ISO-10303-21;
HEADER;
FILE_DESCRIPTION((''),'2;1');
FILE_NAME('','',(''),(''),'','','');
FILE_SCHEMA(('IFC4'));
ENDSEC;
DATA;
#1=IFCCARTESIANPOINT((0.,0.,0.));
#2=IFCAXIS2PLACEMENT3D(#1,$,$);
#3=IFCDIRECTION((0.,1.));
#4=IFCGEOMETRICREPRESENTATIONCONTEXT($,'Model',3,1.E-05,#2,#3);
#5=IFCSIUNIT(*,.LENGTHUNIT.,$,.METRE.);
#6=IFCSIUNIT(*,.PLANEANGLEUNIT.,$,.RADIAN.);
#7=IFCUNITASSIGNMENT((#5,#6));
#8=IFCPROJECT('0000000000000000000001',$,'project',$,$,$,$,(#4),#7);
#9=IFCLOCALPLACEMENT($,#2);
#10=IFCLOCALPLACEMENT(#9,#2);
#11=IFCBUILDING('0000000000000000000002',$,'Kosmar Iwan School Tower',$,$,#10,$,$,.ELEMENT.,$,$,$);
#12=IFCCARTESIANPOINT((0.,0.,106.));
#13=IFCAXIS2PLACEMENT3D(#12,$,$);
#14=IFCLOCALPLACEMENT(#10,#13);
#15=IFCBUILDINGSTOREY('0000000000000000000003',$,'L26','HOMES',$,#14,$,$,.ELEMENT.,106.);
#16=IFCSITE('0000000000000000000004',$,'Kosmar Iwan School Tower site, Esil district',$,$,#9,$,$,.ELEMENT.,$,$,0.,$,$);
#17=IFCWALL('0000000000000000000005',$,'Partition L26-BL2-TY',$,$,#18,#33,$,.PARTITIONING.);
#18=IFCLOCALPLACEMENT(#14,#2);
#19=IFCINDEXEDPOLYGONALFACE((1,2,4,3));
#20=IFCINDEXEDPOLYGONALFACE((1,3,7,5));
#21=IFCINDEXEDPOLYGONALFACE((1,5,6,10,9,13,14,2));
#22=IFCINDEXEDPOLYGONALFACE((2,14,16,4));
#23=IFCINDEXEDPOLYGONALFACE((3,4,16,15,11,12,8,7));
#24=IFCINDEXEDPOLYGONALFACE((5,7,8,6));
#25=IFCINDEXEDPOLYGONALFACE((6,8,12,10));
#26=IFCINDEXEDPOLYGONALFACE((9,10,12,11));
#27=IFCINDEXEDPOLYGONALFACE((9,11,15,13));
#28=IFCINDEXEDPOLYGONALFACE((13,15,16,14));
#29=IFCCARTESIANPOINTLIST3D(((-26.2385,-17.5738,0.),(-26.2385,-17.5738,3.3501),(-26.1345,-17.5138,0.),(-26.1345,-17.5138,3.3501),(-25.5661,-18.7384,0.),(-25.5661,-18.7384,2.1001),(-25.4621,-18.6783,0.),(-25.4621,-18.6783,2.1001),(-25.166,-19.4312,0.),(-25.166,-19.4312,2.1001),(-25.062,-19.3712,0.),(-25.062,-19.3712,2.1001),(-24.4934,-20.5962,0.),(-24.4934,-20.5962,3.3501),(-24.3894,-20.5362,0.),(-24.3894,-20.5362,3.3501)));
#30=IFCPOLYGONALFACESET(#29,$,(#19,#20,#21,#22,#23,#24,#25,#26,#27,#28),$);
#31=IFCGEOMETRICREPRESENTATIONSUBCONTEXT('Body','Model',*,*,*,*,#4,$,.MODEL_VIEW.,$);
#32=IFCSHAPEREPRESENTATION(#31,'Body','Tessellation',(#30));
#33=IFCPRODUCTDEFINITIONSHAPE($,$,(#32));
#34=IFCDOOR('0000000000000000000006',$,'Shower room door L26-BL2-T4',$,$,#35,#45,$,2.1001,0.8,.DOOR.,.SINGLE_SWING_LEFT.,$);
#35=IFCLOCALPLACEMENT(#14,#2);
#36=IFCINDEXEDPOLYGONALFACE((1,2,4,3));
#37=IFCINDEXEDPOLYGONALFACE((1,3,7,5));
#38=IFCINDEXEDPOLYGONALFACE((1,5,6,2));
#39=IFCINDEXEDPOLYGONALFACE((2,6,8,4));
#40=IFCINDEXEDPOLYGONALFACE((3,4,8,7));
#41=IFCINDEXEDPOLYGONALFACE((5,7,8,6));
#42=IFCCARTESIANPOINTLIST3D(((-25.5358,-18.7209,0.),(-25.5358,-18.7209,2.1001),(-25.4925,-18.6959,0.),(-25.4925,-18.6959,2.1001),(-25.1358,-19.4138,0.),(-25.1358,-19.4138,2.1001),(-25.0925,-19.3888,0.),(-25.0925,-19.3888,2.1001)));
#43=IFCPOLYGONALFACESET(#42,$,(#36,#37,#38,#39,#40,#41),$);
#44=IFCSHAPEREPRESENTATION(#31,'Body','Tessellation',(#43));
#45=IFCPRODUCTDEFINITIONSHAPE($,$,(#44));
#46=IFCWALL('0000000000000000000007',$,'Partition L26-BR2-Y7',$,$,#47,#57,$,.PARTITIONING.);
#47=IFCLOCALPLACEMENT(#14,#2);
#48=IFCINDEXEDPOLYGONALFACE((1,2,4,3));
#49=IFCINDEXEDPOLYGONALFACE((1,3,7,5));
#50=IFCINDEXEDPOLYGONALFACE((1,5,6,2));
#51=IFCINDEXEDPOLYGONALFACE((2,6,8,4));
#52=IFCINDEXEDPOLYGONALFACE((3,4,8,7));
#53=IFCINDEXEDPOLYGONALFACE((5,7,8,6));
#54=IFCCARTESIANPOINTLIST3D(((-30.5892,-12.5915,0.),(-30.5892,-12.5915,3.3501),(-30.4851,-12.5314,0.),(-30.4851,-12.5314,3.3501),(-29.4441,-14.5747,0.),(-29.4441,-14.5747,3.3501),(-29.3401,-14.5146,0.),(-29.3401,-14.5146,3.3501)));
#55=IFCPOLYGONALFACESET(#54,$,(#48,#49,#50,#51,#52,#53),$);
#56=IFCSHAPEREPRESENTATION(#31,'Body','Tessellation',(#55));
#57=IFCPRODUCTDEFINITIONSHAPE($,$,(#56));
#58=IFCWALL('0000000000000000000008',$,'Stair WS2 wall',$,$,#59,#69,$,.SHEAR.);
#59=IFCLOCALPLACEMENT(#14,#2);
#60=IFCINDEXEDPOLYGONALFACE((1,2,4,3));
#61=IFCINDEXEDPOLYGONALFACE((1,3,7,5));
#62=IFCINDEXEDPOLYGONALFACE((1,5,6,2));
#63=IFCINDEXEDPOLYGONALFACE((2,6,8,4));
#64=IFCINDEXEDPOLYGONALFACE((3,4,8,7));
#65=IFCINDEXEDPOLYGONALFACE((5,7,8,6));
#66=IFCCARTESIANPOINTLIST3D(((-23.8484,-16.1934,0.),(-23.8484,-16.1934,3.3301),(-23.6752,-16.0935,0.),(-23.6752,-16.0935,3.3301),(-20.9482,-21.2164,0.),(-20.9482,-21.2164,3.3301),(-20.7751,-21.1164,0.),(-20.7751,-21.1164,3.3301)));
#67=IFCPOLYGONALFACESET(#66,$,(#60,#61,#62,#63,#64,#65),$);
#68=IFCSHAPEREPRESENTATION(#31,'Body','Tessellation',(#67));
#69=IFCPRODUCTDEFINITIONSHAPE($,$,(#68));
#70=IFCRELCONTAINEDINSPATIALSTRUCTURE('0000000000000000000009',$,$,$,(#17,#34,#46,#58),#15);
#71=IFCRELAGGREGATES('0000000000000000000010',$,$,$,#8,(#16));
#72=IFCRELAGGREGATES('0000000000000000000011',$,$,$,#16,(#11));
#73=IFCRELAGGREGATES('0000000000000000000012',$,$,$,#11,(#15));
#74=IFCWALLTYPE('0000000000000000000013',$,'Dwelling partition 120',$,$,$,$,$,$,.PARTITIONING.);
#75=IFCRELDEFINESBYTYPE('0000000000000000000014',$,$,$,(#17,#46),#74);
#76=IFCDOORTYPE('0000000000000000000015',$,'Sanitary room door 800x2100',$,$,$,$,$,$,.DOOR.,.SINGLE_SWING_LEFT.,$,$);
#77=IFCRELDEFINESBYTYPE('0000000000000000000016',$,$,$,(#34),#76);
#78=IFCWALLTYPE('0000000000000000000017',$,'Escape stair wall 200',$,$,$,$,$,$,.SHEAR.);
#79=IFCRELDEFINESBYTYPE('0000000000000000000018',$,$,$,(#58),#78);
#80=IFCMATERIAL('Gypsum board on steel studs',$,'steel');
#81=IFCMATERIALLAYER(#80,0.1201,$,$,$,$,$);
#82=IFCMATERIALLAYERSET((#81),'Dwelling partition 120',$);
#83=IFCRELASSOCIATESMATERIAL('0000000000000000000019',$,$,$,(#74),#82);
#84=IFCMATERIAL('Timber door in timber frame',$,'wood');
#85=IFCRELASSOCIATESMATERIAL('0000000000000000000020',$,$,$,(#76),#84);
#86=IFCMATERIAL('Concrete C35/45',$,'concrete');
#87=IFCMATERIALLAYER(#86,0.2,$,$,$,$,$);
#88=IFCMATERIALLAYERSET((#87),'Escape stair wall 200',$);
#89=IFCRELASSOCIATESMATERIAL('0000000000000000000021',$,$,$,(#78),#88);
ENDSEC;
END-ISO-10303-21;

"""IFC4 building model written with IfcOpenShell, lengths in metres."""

from ifc_helpers import new_model, si_unit, direction, frame, frame_2d, origin, place, context, subcontext, project, spatial, rectangle, extrude, material, layer, layer_set, type_object, element, fill, save


model = new_model("IFC4")

# Units and contexts
model_context = context("Model", 3, precision=1e-05, world=origin(), true_north=direction((0.0, 1.0)))
body_context = subcontext(model_context, "Body", "Model", "MODEL_VIEW")
ifc_project = project(units=[si_unit("LENGTHUNIT", "METRE"), si_unit("PLANEANGLEUNIT", "RADIAN")], contexts=[model_context])

# Site, building, storey
site_placement = place(None, origin())
site = spatial("IfcSite", under=ifc_project, at=site_placement, Name="Kosmar Iwan School Tower site, Esil district", CompositionType="ELEMENT", RefElevation=0.0)
building_placement = place(site_placement, origin())
building = spatial("IfcBuilding", under=site, at=building_placement, Name="Kosmar Iwan School Tower", CompositionType="ELEMENT")
storey_placement = place(building_placement, frame((0.0, 0.0, 106.0)))
storey = spatial("IfcBuildingStorey", under=building, at=storey_placement, Name="L26", Description="HOMES", CompositionType="ELEMENT", Elevation=106.0)

# Wall, opening, door
ifc_material_1 = material(Name="Gypsum board on steel studs", Category="steel")
ifc_layer_1 = layer(ifc_material_1, 0.1201)
ifc_layer_set_1 = layer_set([ifc_layer_1], Name="Dwelling partition 120")
wall_type_1 = type_object("IfcWallType", Name="Dwelling partition 120", PredefinedType="PARTITIONING", material=ifc_layer_set_1)
wall_1_placement = place(storey_placement, frame((-26.1865, -17.5437, 0.0), z_axis=(0.0, 0.0, 1.0), x_axis=(0.500021, -0.866013, 0.0)))
wall_1 = element("IfcWall", 1, at=wall_1_placement, inside=storey, type_object=wall_type_1, Name="Partition L26-BL2-TY", PredefinedType="PARTITIONING", context=body_context, shape_type="SweptSolid", body=[
    extrude(rectangle(XDim=3.49, YDim=0.1201, at=frame_2d((1.7451, 0.0))), origin(), (0.0, 0.0, 1.0), 3.3501),
])
opening_1_placement = place(wall_1_placement, frame((1.345, 0.0, 0.0)))
opening_1 = element("IfcOpeningElement", 2, at=opening_1_placement, cuts=wall_1, PredefinedType="OPENING", context=body_context, shape_type="SweptSolid", body=[
    extrude(rectangle(XDim=0.8, YDim=2.1001, at=frame_2d((0.3999, 1.05))), frame((0.0, 0.072, 0.0), z_axis=(0.0, -1.0, 0.0), x_axis=(1.0, 0.0, 0.0)), (0.0, 0.0, 1.0), 0.144),
])
ifc_material_2 = material(Name="Timber door in timber frame", Category="wood")
door_type_1 = type_object("IfcDoorType", Name="Sanitary room door 800x2100", OperationType="SINGLE_SWING_LEFT", PredefinedType="DOOR", material=ifc_material_2)
door_1_placement = place(opening_1_placement, origin())
door_1 = element("IfcDoor", 3, at=door_1_placement, inside=storey, type_object=door_type_1, Name="Shower room door L26-BL2-T4", OperationType="SINGLE_SWING_LEFT", OverallHeight=2.1001, OverallWidth=0.8, PredefinedType="DOOR", context=body_context, shape_type="SweptSolid", body=[
    extrude(rectangle(XDim=0.8, YDim=2.1001, at=frame_2d((0.3999, 1.05))), frame((0.0, 0.0249, 0.0), z_axis=(0.0, -1.0, 0.0), x_axis=(1.0, 0.0, 0.0)), (0.0, 0.0, 1.0), 0.05),
])
fill(opening_1, door_1)

# Walls
wall_2_placement = place(storey_placement, frame((-29.3921, -14.5447, 0.0), z_axis=(0.0, 0.0, 1.0), x_axis=(-0.500015, 0.866017, 0.0)))
element("IfcWall", 4, at=wall_2_placement, inside=storey, type_object=wall_type_1, Name="Partition L26-BR2-Y7", PredefinedType="PARTITIONING", context=body_context, shape_type="SweptSolid", body=[
    extrude(rectangle(XDim=2.29, YDim=0.1201, at=frame_2d((1.145, 0.0))), origin(), (0.0, 0.0, 1.0), 3.3501),
])
ifc_material_3 = material(Name="Concrete C35/45", Category="concrete")
ifc_layer_2 = layer(ifc_material_3, 0.2)
ifc_layer_set_2 = layer_set([ifc_layer_2], Name="Escape stair wall 200")
wall_type_2 = type_object("IfcWallType", Name="Escape stair wall 200", PredefinedType="SHEAR", material=ifc_layer_set_2)
wall_3_placement = place(storey_placement, frame((-23.7617, -16.1436, 0.0), z_axis=(0.0, 0.0, 1.0), x_axis=(0.500019, -0.866015, 0.0)))
element("IfcWall", 5, at=wall_3_placement, inside=storey, type_object=wall_type_2, Name="Stair WS2 wall", PredefinedType="SHEAR", context=body_context, shape_type="SweptSolid", body=[
    extrude(rectangle(XDim=5.8, YDim=0.2, at=frame_2d((2.8999, 0.0))), origin(), (0.0, 0.0, 1.0), 3.3301),
])

save(model, "model.ifc")
